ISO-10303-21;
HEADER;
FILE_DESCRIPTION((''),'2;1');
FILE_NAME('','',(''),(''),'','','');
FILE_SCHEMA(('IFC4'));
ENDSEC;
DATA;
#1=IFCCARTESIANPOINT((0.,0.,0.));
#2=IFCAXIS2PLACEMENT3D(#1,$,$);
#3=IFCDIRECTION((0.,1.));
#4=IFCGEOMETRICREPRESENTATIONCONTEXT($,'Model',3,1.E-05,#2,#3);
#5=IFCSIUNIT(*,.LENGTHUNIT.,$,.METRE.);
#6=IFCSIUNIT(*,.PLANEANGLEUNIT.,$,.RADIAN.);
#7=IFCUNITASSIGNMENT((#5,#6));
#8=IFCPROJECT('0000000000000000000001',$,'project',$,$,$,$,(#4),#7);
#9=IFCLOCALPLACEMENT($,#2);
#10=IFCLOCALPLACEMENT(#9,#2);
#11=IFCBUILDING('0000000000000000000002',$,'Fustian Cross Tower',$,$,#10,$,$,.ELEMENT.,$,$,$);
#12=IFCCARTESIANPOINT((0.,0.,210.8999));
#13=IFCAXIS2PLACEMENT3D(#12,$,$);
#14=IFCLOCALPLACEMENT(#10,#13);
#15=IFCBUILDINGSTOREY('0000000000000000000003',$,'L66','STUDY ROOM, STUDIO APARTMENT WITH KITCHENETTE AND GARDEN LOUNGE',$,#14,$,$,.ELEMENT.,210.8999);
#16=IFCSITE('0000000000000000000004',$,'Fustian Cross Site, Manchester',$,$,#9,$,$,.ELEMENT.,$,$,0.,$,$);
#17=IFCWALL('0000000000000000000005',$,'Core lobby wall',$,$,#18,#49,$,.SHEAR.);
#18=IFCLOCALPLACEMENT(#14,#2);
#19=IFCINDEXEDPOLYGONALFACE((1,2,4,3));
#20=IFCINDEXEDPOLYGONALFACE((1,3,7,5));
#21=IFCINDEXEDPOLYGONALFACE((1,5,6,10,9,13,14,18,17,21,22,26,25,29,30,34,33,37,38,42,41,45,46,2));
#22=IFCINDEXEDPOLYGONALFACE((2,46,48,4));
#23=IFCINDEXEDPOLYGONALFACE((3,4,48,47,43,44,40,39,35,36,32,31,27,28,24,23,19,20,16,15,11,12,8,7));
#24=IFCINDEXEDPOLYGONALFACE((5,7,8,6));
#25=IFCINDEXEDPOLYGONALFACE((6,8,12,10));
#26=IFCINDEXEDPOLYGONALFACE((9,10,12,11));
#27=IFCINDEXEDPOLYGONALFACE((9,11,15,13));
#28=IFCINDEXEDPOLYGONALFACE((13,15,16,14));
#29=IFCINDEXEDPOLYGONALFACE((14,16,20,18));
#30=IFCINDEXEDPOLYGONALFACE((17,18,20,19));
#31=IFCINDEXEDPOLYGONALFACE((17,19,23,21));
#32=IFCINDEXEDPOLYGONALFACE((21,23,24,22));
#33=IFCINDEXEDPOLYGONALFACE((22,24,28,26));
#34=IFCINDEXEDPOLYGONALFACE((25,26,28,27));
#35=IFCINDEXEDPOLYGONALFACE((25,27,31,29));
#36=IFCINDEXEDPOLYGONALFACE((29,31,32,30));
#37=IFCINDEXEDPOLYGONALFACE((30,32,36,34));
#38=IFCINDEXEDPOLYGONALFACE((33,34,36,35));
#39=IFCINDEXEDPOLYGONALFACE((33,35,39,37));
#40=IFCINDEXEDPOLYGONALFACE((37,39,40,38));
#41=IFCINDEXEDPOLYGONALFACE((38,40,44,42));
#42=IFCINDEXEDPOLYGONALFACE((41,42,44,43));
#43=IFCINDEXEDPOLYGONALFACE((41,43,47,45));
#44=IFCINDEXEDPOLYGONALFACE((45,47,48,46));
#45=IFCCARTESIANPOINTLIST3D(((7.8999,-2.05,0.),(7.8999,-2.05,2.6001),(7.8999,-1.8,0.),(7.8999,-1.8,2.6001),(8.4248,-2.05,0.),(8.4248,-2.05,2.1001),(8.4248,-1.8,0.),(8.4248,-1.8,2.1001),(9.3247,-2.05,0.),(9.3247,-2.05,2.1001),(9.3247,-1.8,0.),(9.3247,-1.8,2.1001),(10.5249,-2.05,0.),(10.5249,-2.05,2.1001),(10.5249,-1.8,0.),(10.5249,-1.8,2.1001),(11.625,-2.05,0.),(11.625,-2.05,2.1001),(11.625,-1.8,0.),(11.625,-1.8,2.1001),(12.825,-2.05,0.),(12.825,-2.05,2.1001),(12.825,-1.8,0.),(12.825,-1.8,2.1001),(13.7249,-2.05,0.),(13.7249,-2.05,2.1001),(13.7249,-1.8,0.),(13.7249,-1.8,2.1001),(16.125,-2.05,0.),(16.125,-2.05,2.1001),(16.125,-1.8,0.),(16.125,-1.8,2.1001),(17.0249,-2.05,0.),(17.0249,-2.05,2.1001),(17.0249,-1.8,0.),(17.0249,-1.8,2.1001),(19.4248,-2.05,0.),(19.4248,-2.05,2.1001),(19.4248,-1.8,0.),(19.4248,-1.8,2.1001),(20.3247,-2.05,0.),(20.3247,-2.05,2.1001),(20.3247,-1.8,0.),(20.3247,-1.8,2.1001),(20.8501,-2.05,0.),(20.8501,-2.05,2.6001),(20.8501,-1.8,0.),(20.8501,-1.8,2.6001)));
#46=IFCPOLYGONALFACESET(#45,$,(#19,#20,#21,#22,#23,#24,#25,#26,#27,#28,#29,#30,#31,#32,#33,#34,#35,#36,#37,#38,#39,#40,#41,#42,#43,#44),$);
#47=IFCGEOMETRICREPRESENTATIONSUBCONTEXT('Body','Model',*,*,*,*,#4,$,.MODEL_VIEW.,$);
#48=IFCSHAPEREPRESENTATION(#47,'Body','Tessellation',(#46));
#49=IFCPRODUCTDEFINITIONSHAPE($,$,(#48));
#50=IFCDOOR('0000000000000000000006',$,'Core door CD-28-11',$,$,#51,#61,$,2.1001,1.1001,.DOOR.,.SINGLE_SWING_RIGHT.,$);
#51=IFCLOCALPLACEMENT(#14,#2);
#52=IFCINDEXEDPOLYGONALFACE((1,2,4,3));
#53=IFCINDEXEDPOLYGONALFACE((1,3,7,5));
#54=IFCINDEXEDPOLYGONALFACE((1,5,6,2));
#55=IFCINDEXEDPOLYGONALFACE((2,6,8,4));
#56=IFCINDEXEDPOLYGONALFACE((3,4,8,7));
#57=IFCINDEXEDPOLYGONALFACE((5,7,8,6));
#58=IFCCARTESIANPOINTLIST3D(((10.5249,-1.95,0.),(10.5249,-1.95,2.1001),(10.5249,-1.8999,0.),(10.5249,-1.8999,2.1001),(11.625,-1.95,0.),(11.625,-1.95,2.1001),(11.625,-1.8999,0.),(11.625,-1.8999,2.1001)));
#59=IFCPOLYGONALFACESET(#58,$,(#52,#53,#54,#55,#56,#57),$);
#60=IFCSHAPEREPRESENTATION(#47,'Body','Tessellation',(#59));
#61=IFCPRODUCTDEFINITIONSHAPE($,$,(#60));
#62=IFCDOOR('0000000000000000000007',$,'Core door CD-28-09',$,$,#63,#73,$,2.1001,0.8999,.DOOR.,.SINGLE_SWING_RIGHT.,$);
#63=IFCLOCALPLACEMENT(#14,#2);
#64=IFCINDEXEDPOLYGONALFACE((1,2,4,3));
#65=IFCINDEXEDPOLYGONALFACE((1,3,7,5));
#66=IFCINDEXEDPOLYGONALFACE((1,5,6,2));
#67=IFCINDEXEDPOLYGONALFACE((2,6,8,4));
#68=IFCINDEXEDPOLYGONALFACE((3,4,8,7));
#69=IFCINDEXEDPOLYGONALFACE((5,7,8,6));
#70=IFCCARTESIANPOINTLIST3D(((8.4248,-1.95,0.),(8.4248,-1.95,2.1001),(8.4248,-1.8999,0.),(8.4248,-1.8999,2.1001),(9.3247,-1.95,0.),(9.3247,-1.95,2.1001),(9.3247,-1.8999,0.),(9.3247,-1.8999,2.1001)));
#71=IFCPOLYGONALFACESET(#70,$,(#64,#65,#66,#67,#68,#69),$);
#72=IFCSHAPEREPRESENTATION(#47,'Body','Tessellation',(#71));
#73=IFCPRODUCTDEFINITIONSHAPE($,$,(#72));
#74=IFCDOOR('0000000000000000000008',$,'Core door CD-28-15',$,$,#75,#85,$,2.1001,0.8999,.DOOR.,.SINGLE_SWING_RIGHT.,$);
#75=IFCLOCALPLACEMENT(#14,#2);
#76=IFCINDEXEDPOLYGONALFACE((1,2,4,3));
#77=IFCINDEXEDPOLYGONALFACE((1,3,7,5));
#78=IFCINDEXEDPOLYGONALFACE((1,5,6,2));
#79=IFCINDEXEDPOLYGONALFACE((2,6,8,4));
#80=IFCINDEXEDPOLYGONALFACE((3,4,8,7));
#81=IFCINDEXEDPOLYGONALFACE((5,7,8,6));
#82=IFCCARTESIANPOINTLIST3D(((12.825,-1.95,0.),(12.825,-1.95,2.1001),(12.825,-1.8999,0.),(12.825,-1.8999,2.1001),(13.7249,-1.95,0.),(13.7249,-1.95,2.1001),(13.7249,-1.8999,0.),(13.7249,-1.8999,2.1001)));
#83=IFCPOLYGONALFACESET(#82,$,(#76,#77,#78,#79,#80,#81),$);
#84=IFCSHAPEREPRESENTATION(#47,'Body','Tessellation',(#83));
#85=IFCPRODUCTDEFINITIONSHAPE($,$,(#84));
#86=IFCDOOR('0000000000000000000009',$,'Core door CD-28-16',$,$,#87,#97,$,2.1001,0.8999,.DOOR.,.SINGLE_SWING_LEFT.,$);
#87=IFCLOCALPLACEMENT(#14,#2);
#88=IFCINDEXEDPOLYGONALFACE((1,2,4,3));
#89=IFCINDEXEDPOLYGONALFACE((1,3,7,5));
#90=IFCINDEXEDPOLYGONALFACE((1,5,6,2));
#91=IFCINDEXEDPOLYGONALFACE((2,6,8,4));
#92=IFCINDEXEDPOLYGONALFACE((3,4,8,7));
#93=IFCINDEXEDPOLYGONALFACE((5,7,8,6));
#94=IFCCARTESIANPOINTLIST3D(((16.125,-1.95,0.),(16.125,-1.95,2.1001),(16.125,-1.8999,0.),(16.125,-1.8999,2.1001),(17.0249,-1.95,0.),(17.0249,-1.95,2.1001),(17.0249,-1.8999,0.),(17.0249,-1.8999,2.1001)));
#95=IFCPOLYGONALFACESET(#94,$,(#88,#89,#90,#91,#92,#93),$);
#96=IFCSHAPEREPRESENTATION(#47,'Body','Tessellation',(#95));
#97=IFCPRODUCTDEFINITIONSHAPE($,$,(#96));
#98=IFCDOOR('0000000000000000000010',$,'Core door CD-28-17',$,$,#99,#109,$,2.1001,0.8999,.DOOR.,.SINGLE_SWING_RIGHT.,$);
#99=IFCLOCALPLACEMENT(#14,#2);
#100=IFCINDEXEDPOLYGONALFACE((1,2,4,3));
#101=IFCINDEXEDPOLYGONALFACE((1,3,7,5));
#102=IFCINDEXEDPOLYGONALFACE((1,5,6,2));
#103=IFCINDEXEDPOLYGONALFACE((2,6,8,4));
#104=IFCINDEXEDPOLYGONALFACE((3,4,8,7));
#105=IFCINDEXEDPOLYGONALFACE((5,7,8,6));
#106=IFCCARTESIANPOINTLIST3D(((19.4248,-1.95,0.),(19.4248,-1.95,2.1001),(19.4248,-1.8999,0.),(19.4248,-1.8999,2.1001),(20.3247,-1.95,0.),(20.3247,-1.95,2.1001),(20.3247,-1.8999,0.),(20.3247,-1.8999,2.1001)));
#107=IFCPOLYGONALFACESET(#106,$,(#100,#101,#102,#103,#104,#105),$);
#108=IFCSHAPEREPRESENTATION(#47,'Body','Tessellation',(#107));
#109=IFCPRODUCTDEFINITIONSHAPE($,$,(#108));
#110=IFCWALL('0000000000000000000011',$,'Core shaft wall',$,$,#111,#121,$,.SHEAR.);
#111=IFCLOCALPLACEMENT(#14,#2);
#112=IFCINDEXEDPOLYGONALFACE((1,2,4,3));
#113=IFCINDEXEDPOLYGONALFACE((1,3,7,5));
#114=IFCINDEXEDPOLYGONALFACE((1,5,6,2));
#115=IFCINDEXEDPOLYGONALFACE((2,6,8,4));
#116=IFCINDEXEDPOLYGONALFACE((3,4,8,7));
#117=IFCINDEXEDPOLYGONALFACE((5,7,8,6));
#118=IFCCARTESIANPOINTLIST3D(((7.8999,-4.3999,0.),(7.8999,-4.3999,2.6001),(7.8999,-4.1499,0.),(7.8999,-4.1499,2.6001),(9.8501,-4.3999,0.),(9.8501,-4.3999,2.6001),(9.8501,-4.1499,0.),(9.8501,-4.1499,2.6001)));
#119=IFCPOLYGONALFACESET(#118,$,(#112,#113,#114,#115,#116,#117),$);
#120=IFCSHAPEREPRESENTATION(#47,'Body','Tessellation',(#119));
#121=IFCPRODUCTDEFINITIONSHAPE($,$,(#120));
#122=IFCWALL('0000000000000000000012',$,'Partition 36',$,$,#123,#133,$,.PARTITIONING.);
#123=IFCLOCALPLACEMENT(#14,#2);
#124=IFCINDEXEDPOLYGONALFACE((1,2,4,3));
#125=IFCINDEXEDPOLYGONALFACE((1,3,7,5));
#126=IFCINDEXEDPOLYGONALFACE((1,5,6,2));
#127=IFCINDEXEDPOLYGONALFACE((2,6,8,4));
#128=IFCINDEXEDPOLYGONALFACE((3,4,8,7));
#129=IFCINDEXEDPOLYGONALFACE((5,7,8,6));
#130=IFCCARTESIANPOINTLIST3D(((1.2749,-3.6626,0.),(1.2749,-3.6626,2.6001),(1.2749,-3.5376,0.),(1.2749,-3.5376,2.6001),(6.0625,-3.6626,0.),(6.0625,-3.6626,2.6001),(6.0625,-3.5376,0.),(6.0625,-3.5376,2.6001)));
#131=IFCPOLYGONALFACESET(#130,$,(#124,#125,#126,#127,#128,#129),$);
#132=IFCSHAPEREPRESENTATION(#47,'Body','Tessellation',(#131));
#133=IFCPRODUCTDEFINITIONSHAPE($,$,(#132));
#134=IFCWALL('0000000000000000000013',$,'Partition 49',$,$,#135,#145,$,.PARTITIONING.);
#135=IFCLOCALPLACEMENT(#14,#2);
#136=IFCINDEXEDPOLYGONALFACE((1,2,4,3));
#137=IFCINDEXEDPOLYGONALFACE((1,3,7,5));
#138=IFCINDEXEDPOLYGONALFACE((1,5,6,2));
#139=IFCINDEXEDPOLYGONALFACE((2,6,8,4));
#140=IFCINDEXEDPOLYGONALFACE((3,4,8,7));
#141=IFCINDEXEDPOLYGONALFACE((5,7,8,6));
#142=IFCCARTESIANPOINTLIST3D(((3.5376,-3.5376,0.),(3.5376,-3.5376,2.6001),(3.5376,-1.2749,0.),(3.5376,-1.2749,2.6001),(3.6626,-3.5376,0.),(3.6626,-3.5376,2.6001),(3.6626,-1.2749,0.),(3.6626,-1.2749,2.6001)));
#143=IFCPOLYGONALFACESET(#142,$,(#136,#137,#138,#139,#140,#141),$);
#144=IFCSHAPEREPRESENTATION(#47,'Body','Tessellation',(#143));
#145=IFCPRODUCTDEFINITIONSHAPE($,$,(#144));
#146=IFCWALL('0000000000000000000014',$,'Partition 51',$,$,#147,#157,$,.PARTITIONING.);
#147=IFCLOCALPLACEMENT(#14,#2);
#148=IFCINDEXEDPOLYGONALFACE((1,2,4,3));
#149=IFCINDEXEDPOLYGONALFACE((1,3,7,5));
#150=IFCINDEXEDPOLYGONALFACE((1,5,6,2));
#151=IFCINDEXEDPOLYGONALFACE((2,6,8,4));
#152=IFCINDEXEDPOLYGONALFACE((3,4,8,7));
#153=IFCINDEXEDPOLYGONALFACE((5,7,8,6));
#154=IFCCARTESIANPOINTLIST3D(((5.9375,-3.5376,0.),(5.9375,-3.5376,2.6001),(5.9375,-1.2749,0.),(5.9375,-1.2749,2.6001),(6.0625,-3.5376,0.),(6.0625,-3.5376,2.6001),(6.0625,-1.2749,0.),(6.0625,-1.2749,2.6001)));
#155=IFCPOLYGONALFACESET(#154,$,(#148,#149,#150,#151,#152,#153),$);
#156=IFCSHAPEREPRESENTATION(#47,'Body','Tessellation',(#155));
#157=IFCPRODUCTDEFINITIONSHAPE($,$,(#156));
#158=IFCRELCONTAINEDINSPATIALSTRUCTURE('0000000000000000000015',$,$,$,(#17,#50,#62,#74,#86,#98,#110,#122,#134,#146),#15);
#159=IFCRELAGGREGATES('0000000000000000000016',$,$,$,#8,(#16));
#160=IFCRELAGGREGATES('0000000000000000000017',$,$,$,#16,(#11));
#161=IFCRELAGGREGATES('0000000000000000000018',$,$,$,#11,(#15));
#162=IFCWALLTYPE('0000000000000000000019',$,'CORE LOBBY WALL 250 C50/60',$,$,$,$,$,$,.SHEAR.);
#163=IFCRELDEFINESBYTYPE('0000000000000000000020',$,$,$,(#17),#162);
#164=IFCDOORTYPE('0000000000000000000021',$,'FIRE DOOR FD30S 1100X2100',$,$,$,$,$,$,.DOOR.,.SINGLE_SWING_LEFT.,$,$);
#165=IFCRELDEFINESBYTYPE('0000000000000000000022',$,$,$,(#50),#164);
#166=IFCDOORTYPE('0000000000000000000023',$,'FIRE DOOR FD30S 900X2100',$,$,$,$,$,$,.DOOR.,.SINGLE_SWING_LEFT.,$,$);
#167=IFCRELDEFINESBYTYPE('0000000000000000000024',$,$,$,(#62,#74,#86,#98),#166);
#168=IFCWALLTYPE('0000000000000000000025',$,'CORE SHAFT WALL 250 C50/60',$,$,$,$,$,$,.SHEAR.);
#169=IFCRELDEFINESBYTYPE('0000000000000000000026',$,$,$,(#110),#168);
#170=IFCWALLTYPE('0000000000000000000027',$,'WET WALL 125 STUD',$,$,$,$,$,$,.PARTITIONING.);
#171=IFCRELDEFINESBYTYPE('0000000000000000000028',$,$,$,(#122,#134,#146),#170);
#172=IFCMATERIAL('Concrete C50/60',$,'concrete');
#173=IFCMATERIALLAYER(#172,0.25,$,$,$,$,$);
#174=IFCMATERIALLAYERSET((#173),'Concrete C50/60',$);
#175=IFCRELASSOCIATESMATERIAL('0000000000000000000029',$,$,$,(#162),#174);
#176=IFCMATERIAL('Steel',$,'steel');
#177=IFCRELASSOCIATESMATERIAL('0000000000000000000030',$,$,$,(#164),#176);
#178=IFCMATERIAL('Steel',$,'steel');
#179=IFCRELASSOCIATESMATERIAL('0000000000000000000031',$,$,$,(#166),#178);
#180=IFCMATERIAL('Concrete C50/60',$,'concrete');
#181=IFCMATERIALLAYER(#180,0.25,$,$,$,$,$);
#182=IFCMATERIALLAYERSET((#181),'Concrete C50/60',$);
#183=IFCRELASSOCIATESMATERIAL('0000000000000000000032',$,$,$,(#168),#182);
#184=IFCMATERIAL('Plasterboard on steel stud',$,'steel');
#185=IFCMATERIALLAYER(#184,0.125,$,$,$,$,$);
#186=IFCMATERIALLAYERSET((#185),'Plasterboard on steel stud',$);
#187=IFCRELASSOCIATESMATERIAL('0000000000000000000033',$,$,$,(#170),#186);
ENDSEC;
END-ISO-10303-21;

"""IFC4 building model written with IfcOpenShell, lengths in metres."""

from ifc_helpers import new_model, si_unit, direction, frame, frame_2d, origin, place, context, subcontext, project, spatial, rectangle, extrude, material, layer, layer_set, type_object, element, fill, save


model = new_model("IFC4")

# Units and contexts
model_context = context("Model", 3, precision=1e-05, world=origin(), true_north=direction((0.0, 1.0)))
body_context = subcontext(model_context, "Body", "Model", "MODEL_VIEW")
ifc_project = project(units=[si_unit("LENGTHUNIT", "METRE"), si_unit("PLANEANGLEUNIT", "RADIAN")], contexts=[model_context])

# Site, building, storey
site_placement = place(None, origin())
site = spatial("IfcSite", under=ifc_project, at=site_placement, Name="Fustian Cross Site, Manchester", CompositionType="ELEMENT", RefElevation=0.0)
building_placement = place(site_placement, origin())
building = spatial("IfcBuilding", under=site, at=building_placement, Name="Fustian Cross Tower", CompositionType="ELEMENT")
storey_placement = place(building_placement, frame((0.0, 0.0, 210.8999)))
storey = spatial("IfcBuildingStorey", under=building, at=storey_placement, Name="L66", Description="STUDY ROOM, STUDIO APARTMENT WITH KITCHENETTE AND GARDEN LOUNGE", CompositionType="ELEMENT", Elevation=210.8999)

# Wall, openings, doors
ifc_material_1 = material(Name="Concrete C50/60", Category="concrete")
ifc_layer_1 = layer(ifc_material_1, 0.25)
ifc_layer_set_1 = layer_set([ifc_layer_1], Name="Concrete C50/60")
wall_type_1 = type_object("IfcWallType", Name="CORE LOBBY WALL 250 C50/60", PredefinedType="SHEAR", material=ifc_layer_set_1)
wall_1_placement = place(storey_placement, frame((7.8999, -1.925, 0.0), z_axis=(0.0, 0.0, 1.0), x_axis=(1.0, 0.0, 0.0)))
wall_1 = element("IfcWall", 1, at=wall_1_placement, inside=storey, type_object=wall_type_1, Name="Core lobby wall", PredefinedType="SHEAR", context=body_context, shape_type="SweptSolid", body=[
    extrude(rectangle(XDim=12.9502, YDim=0.25, at=frame_2d((6.4751, 0.0))), origin(), (0.0, 0.0, 1.0), 2.6001),
])
opening_1_placement = place(wall_1_placement, frame((0.5249, 0.0, 0.0)))
opening_1 = element("IfcOpeningElement", 2, at=opening_1_placement, cuts=wall_1, PredefinedType="OPENING", context=body_context, shape_type="SweptSolid", body=[
    extrude(rectangle(XDim=0.8999, YDim=2.1001, at=frame_2d((0.45, 1.05))), frame((0.0, 0.135, 0.0), z_axis=(0.0, -1.0, 0.0), x_axis=(1.0, 0.0, 0.0)), (0.0, 0.0, 1.0), 0.27),
])
opening_2_placement = place(wall_1_placement, frame((2.625, 0.0, 0.0)))
opening_2 = element("IfcOpeningElement", 3, at=opening_2_placement, cuts=wall_1, PredefinedType="OPENING", context=body_context, shape_type="SweptSolid", body=[
    extrude(rectangle(XDim=1.1001, YDim=2.1001, at=frame_2d((0.55, 1.05))), frame((0.0, 0.135, 0.0), z_axis=(0.0, -1.0, 0.0), x_axis=(1.0, 0.0, 0.0)), (0.0, 0.0, 1.0), 0.27),
])
opening_3_placement = place(wall_1_placement, frame((4.925, 0.0, 0.0)))
opening_3 = element("IfcOpeningElement", 4, at=opening_3_placement, cuts=wall_1, PredefinedType="OPENING", context=body_context, shape_type="SweptSolid", body=[
    extrude(rectangle(XDim=0.8999, YDim=2.1001, at=frame_2d((0.45, 1.05))), frame((0.0, 0.135, 0.0), z_axis=(0.0, -1.0, 0.0), x_axis=(1.0, 0.0, 0.0)), (0.0, 0.0, 1.0), 0.27),
])
opening_4_placement = place(wall_1_placement, frame((8.2251, 0.0, 0.0)))
opening_4 = element("IfcOpeningElement", 5, at=opening_4_placement, cuts=wall_1, PredefinedType="OPENING", context=body_context, shape_type="SweptSolid", body=[
    extrude(rectangle(XDim=0.8999, YDim=2.1001, at=frame_2d((0.45, 1.05))), frame((0.0, 0.135, 0.0), z_axis=(0.0, -1.0, 0.0), x_axis=(1.0, 0.0, 0.0)), (0.0, 0.0, 1.0), 0.27),
])
opening_5_placement = place(wall_1_placement, frame((11.5249, 0.0, 0.0)))
opening_5 = element("IfcOpeningElement", 6, at=opening_5_placement, cuts=wall_1, PredefinedType="OPENING", context=body_context, shape_type="SweptSolid", body=[
    extrude(rectangle(XDim=0.8999, YDim=2.1001, at=frame_2d((0.45, 1.05))), frame((0.0, 0.135, 0.0), z_axis=(0.0, -1.0, 0.0), x_axis=(1.0, 0.0, 0.0)), (0.0, 0.0, 1.0), 0.27),
])
ifc_material_2 = material(Name="Steel", Category="steel")
door_type_1 = type_object("IfcDoorType", Name="FIRE DOOR FD30S 1100X2100", OperationType="SINGLE_SWING_LEFT", PredefinedType="DOOR", material=ifc_material_2)
door_1_placement = place(opening_2_placement, frame((1.1001, 0.0, 0.0), z_axis=(0.0, 0.0, 1.0), x_axis=(-1.0, 0.0, 0.0)))
door_1 = element("IfcDoor", 7, at=door_1_placement, inside=storey, type_object=door_type_1, Name="Core door CD-28-11", OperationType="SINGLE_SWING_RIGHT", OverallHeight=2.1001, OverallWidth=1.1001, PredefinedType="DOOR", context=body_context, shape_type="SweptSolid", body=[
    extrude(rectangle(XDim=1.1001, YDim=2.1001, at=frame_2d((0.55, 1.05))), frame((0.0, 0.0249, 0.0), z_axis=(0.0, -1.0, 0.0), x_axis=(1.0, 0.0, 0.0)), (0.0, 0.0, 1.0), 0.05),
])
fill(opening_2, door_1)
ifc_material_3 = material(Name="Steel", Category="steel")
door_type_2 = type_object("IfcDoorType", Name="FIRE DOOR FD30S 900X2100", OperationType="SINGLE_SWING_LEFT", PredefinedType="DOOR", material=ifc_material_3)
door_2_placement = place(opening_1_placement, frame((0.8999, 0.0, 0.0), z_axis=(0.0, 0.0, 1.0), x_axis=(-1.0, 0.0, 0.0)))
door_2 = element("IfcDoor", 8, at=door_2_placement, inside=storey, type_object=door_type_2, Name="Core door CD-28-09", OperationType="SINGLE_SWING_RIGHT", OverallHeight=2.1001, OverallWidth=0.8999, PredefinedType="DOOR", context=body_context, shape_type="SweptSolid", body=[
    extrude(rectangle(XDim=0.8999, YDim=2.1001, at=frame_2d((0.45, 1.05))), frame((0.0, 0.0249, 0.0), z_axis=(0.0, -1.0, 0.0), x_axis=(1.0, 0.0, 0.0)), (0.0, 0.0, 1.0), 0.05),
])
fill(opening_1, door_2)
door_3_placement = place(opening_3_placement, frame((0.8999, 0.0, 0.0), z_axis=(0.0, 0.0, 1.0), x_axis=(-1.0, 0.0, 0.0)))
door_3 = element("IfcDoor", 9, at=door_3_placement, inside=storey, type_object=door_type_2, Name="Core door CD-28-15", OperationType="SINGLE_SWING_RIGHT", OverallHeight=2.1001, OverallWidth=0.8999, PredefinedType="DOOR", context=body_context, shape_type="SweptSolid", body=[
    extrude(rectangle(XDim=0.8999, YDim=2.1001, at=frame_2d((0.45, 1.05))), frame((0.0, 0.0249, 0.0), z_axis=(0.0, -1.0, 0.0), x_axis=(1.0, 0.0, 0.0)), (0.0, 0.0, 1.0), 0.05),
])
fill(opening_3, door_3)
door_4_placement = place(opening_4_placement, frame((0.8999, 0.0, 0.0), z_axis=(0.0, 0.0, 1.0), x_axis=(-1.0, 0.0, 0.0)))
door_4 = element("IfcDoor", 10, at=door_4_placement, inside=storey, type_object=door_type_2, Name="Core door CD-28-16", OperationType="SINGLE_SWING_LEFT", OverallHeight=2.1001, OverallWidth=0.8999, PredefinedType="DOOR", context=body_context, shape_type="SweptSolid", body=[
    extrude(rectangle(XDim=0.8999, YDim=2.1001, at=frame_2d((0.45, 1.05))), frame((0.0, 0.0249, 0.0), z_axis=(0.0, -1.0, 0.0), x_axis=(1.0, 0.0, 0.0)), (0.0, 0.0, 1.0), 0.05),
])
fill(opening_4, door_4)
door_5_placement = place(opening_5_placement, frame((0.8999, 0.0, 0.0), z_axis=(0.0, 0.0, 1.0), x_axis=(-1.0, 0.0, 0.0)))
door_5 = element("IfcDoor", 11, at=door_5_placement, inside=storey, type_object=door_type_2, Name="Core door CD-28-17", OperationType="SINGLE_SWING_RIGHT", OverallHeight=2.1001, OverallWidth=0.8999, PredefinedType="DOOR", context=body_context, shape_type="SweptSolid", body=[
    extrude(rectangle(XDim=0.8999, YDim=2.1001, at=frame_2d((0.45, 1.05))), frame((0.0, 0.0249, 0.0), z_axis=(0.0, -1.0, 0.0), x_axis=(1.0, 0.0, 0.0)), (0.0, 0.0, 1.0), 0.05),
])
fill(opening_5, door_5)

# Walls
ifc_material_4 = material(Name="Concrete C50/60", Category="concrete")
ifc_layer_2 = layer(ifc_material_4, 0.25)
ifc_layer_set_2 = layer_set([ifc_layer_2], Name="Concrete C50/60")
wall_type_2 = type_object("IfcWallType", Name="CORE SHAFT WALL 250 C50/60", PredefinedType="SHEAR", material=ifc_layer_set_2)
wall_2_placement = place(storey_placement, frame((7.8999, -4.2749, 0.0), z_axis=(0.0, 0.0, 1.0), x_axis=(1.0, 0.0, 0.0)))
element("IfcWall", 12, at=wall_2_placement, inside=storey, type_object=wall_type_2, Name="Core shaft wall", PredefinedType="SHEAR", context=body_context, shape_type="SweptSolid", body=[
    extrude(rectangle(XDim=1.9502, YDim=0.25, at=frame_2d((0.9751, 0.0))), origin(), (0.0, 0.0, 1.0), 2.6001),
])
ifc_material_5 = material(Name="Plasterboard on steel stud", Category="steel")
ifc_layer_3 = layer(ifc_material_5, 0.125)
ifc_layer_set_3 = layer_set([ifc_layer_3], Name="Plasterboard on steel stud")
wall_type_3 = type_object("IfcWallType", Name="WET WALL 125 STUD", PredefinedType="PARTITIONING", material=ifc_layer_set_3)
wall_3_placement = place(storey_placement, frame((1.2749, -3.6001, 0.0), z_axis=(0.0, 0.0, 1.0), x_axis=(1.0, 0.0, 0.0)))
element("IfcWall", 13, at=wall_3_placement, inside=storey, type_object=wall_type_3, Name="Partition 36", PredefinedType="PARTITIONING", context=body_context, shape_type="SweptSolid", body=[
    extrude(rectangle(XDim=4.7876, YDim=0.125, at=frame_2d((2.3938, 0.0))), origin(), (0.0, 0.0, 1.0), 2.6001),
])
for number, where, z_axis, x_axis, name in (
    (14, (3.6001, -3.5376, 0.0), (0.0, 0.0, 1.0), (0.0, 1.0, 0.0), "Partition 49"),
    (15, (6.0, -3.5376, 0.0), (0.0, 0.0, 1.0), (0.0, 1.0, 0.0), "Partition 51"),
):
    element("IfcWall", number, at=place(storey_placement, frame(where, z_axis=z_axis, x_axis=x_axis)), inside=storey, type_object=wall_type_3, Name=name, PredefinedType="PARTITIONING", context=body_context, shape_type="SweptSolid", body=[
        extrude(rectangle(XDim=2.2627, YDim=0.125, at=frame_2d((1.1313, 0.0))), origin(), (0.0, 0.0, 1.0), 2.6001),
    ])

save(model, "model.ifc")
